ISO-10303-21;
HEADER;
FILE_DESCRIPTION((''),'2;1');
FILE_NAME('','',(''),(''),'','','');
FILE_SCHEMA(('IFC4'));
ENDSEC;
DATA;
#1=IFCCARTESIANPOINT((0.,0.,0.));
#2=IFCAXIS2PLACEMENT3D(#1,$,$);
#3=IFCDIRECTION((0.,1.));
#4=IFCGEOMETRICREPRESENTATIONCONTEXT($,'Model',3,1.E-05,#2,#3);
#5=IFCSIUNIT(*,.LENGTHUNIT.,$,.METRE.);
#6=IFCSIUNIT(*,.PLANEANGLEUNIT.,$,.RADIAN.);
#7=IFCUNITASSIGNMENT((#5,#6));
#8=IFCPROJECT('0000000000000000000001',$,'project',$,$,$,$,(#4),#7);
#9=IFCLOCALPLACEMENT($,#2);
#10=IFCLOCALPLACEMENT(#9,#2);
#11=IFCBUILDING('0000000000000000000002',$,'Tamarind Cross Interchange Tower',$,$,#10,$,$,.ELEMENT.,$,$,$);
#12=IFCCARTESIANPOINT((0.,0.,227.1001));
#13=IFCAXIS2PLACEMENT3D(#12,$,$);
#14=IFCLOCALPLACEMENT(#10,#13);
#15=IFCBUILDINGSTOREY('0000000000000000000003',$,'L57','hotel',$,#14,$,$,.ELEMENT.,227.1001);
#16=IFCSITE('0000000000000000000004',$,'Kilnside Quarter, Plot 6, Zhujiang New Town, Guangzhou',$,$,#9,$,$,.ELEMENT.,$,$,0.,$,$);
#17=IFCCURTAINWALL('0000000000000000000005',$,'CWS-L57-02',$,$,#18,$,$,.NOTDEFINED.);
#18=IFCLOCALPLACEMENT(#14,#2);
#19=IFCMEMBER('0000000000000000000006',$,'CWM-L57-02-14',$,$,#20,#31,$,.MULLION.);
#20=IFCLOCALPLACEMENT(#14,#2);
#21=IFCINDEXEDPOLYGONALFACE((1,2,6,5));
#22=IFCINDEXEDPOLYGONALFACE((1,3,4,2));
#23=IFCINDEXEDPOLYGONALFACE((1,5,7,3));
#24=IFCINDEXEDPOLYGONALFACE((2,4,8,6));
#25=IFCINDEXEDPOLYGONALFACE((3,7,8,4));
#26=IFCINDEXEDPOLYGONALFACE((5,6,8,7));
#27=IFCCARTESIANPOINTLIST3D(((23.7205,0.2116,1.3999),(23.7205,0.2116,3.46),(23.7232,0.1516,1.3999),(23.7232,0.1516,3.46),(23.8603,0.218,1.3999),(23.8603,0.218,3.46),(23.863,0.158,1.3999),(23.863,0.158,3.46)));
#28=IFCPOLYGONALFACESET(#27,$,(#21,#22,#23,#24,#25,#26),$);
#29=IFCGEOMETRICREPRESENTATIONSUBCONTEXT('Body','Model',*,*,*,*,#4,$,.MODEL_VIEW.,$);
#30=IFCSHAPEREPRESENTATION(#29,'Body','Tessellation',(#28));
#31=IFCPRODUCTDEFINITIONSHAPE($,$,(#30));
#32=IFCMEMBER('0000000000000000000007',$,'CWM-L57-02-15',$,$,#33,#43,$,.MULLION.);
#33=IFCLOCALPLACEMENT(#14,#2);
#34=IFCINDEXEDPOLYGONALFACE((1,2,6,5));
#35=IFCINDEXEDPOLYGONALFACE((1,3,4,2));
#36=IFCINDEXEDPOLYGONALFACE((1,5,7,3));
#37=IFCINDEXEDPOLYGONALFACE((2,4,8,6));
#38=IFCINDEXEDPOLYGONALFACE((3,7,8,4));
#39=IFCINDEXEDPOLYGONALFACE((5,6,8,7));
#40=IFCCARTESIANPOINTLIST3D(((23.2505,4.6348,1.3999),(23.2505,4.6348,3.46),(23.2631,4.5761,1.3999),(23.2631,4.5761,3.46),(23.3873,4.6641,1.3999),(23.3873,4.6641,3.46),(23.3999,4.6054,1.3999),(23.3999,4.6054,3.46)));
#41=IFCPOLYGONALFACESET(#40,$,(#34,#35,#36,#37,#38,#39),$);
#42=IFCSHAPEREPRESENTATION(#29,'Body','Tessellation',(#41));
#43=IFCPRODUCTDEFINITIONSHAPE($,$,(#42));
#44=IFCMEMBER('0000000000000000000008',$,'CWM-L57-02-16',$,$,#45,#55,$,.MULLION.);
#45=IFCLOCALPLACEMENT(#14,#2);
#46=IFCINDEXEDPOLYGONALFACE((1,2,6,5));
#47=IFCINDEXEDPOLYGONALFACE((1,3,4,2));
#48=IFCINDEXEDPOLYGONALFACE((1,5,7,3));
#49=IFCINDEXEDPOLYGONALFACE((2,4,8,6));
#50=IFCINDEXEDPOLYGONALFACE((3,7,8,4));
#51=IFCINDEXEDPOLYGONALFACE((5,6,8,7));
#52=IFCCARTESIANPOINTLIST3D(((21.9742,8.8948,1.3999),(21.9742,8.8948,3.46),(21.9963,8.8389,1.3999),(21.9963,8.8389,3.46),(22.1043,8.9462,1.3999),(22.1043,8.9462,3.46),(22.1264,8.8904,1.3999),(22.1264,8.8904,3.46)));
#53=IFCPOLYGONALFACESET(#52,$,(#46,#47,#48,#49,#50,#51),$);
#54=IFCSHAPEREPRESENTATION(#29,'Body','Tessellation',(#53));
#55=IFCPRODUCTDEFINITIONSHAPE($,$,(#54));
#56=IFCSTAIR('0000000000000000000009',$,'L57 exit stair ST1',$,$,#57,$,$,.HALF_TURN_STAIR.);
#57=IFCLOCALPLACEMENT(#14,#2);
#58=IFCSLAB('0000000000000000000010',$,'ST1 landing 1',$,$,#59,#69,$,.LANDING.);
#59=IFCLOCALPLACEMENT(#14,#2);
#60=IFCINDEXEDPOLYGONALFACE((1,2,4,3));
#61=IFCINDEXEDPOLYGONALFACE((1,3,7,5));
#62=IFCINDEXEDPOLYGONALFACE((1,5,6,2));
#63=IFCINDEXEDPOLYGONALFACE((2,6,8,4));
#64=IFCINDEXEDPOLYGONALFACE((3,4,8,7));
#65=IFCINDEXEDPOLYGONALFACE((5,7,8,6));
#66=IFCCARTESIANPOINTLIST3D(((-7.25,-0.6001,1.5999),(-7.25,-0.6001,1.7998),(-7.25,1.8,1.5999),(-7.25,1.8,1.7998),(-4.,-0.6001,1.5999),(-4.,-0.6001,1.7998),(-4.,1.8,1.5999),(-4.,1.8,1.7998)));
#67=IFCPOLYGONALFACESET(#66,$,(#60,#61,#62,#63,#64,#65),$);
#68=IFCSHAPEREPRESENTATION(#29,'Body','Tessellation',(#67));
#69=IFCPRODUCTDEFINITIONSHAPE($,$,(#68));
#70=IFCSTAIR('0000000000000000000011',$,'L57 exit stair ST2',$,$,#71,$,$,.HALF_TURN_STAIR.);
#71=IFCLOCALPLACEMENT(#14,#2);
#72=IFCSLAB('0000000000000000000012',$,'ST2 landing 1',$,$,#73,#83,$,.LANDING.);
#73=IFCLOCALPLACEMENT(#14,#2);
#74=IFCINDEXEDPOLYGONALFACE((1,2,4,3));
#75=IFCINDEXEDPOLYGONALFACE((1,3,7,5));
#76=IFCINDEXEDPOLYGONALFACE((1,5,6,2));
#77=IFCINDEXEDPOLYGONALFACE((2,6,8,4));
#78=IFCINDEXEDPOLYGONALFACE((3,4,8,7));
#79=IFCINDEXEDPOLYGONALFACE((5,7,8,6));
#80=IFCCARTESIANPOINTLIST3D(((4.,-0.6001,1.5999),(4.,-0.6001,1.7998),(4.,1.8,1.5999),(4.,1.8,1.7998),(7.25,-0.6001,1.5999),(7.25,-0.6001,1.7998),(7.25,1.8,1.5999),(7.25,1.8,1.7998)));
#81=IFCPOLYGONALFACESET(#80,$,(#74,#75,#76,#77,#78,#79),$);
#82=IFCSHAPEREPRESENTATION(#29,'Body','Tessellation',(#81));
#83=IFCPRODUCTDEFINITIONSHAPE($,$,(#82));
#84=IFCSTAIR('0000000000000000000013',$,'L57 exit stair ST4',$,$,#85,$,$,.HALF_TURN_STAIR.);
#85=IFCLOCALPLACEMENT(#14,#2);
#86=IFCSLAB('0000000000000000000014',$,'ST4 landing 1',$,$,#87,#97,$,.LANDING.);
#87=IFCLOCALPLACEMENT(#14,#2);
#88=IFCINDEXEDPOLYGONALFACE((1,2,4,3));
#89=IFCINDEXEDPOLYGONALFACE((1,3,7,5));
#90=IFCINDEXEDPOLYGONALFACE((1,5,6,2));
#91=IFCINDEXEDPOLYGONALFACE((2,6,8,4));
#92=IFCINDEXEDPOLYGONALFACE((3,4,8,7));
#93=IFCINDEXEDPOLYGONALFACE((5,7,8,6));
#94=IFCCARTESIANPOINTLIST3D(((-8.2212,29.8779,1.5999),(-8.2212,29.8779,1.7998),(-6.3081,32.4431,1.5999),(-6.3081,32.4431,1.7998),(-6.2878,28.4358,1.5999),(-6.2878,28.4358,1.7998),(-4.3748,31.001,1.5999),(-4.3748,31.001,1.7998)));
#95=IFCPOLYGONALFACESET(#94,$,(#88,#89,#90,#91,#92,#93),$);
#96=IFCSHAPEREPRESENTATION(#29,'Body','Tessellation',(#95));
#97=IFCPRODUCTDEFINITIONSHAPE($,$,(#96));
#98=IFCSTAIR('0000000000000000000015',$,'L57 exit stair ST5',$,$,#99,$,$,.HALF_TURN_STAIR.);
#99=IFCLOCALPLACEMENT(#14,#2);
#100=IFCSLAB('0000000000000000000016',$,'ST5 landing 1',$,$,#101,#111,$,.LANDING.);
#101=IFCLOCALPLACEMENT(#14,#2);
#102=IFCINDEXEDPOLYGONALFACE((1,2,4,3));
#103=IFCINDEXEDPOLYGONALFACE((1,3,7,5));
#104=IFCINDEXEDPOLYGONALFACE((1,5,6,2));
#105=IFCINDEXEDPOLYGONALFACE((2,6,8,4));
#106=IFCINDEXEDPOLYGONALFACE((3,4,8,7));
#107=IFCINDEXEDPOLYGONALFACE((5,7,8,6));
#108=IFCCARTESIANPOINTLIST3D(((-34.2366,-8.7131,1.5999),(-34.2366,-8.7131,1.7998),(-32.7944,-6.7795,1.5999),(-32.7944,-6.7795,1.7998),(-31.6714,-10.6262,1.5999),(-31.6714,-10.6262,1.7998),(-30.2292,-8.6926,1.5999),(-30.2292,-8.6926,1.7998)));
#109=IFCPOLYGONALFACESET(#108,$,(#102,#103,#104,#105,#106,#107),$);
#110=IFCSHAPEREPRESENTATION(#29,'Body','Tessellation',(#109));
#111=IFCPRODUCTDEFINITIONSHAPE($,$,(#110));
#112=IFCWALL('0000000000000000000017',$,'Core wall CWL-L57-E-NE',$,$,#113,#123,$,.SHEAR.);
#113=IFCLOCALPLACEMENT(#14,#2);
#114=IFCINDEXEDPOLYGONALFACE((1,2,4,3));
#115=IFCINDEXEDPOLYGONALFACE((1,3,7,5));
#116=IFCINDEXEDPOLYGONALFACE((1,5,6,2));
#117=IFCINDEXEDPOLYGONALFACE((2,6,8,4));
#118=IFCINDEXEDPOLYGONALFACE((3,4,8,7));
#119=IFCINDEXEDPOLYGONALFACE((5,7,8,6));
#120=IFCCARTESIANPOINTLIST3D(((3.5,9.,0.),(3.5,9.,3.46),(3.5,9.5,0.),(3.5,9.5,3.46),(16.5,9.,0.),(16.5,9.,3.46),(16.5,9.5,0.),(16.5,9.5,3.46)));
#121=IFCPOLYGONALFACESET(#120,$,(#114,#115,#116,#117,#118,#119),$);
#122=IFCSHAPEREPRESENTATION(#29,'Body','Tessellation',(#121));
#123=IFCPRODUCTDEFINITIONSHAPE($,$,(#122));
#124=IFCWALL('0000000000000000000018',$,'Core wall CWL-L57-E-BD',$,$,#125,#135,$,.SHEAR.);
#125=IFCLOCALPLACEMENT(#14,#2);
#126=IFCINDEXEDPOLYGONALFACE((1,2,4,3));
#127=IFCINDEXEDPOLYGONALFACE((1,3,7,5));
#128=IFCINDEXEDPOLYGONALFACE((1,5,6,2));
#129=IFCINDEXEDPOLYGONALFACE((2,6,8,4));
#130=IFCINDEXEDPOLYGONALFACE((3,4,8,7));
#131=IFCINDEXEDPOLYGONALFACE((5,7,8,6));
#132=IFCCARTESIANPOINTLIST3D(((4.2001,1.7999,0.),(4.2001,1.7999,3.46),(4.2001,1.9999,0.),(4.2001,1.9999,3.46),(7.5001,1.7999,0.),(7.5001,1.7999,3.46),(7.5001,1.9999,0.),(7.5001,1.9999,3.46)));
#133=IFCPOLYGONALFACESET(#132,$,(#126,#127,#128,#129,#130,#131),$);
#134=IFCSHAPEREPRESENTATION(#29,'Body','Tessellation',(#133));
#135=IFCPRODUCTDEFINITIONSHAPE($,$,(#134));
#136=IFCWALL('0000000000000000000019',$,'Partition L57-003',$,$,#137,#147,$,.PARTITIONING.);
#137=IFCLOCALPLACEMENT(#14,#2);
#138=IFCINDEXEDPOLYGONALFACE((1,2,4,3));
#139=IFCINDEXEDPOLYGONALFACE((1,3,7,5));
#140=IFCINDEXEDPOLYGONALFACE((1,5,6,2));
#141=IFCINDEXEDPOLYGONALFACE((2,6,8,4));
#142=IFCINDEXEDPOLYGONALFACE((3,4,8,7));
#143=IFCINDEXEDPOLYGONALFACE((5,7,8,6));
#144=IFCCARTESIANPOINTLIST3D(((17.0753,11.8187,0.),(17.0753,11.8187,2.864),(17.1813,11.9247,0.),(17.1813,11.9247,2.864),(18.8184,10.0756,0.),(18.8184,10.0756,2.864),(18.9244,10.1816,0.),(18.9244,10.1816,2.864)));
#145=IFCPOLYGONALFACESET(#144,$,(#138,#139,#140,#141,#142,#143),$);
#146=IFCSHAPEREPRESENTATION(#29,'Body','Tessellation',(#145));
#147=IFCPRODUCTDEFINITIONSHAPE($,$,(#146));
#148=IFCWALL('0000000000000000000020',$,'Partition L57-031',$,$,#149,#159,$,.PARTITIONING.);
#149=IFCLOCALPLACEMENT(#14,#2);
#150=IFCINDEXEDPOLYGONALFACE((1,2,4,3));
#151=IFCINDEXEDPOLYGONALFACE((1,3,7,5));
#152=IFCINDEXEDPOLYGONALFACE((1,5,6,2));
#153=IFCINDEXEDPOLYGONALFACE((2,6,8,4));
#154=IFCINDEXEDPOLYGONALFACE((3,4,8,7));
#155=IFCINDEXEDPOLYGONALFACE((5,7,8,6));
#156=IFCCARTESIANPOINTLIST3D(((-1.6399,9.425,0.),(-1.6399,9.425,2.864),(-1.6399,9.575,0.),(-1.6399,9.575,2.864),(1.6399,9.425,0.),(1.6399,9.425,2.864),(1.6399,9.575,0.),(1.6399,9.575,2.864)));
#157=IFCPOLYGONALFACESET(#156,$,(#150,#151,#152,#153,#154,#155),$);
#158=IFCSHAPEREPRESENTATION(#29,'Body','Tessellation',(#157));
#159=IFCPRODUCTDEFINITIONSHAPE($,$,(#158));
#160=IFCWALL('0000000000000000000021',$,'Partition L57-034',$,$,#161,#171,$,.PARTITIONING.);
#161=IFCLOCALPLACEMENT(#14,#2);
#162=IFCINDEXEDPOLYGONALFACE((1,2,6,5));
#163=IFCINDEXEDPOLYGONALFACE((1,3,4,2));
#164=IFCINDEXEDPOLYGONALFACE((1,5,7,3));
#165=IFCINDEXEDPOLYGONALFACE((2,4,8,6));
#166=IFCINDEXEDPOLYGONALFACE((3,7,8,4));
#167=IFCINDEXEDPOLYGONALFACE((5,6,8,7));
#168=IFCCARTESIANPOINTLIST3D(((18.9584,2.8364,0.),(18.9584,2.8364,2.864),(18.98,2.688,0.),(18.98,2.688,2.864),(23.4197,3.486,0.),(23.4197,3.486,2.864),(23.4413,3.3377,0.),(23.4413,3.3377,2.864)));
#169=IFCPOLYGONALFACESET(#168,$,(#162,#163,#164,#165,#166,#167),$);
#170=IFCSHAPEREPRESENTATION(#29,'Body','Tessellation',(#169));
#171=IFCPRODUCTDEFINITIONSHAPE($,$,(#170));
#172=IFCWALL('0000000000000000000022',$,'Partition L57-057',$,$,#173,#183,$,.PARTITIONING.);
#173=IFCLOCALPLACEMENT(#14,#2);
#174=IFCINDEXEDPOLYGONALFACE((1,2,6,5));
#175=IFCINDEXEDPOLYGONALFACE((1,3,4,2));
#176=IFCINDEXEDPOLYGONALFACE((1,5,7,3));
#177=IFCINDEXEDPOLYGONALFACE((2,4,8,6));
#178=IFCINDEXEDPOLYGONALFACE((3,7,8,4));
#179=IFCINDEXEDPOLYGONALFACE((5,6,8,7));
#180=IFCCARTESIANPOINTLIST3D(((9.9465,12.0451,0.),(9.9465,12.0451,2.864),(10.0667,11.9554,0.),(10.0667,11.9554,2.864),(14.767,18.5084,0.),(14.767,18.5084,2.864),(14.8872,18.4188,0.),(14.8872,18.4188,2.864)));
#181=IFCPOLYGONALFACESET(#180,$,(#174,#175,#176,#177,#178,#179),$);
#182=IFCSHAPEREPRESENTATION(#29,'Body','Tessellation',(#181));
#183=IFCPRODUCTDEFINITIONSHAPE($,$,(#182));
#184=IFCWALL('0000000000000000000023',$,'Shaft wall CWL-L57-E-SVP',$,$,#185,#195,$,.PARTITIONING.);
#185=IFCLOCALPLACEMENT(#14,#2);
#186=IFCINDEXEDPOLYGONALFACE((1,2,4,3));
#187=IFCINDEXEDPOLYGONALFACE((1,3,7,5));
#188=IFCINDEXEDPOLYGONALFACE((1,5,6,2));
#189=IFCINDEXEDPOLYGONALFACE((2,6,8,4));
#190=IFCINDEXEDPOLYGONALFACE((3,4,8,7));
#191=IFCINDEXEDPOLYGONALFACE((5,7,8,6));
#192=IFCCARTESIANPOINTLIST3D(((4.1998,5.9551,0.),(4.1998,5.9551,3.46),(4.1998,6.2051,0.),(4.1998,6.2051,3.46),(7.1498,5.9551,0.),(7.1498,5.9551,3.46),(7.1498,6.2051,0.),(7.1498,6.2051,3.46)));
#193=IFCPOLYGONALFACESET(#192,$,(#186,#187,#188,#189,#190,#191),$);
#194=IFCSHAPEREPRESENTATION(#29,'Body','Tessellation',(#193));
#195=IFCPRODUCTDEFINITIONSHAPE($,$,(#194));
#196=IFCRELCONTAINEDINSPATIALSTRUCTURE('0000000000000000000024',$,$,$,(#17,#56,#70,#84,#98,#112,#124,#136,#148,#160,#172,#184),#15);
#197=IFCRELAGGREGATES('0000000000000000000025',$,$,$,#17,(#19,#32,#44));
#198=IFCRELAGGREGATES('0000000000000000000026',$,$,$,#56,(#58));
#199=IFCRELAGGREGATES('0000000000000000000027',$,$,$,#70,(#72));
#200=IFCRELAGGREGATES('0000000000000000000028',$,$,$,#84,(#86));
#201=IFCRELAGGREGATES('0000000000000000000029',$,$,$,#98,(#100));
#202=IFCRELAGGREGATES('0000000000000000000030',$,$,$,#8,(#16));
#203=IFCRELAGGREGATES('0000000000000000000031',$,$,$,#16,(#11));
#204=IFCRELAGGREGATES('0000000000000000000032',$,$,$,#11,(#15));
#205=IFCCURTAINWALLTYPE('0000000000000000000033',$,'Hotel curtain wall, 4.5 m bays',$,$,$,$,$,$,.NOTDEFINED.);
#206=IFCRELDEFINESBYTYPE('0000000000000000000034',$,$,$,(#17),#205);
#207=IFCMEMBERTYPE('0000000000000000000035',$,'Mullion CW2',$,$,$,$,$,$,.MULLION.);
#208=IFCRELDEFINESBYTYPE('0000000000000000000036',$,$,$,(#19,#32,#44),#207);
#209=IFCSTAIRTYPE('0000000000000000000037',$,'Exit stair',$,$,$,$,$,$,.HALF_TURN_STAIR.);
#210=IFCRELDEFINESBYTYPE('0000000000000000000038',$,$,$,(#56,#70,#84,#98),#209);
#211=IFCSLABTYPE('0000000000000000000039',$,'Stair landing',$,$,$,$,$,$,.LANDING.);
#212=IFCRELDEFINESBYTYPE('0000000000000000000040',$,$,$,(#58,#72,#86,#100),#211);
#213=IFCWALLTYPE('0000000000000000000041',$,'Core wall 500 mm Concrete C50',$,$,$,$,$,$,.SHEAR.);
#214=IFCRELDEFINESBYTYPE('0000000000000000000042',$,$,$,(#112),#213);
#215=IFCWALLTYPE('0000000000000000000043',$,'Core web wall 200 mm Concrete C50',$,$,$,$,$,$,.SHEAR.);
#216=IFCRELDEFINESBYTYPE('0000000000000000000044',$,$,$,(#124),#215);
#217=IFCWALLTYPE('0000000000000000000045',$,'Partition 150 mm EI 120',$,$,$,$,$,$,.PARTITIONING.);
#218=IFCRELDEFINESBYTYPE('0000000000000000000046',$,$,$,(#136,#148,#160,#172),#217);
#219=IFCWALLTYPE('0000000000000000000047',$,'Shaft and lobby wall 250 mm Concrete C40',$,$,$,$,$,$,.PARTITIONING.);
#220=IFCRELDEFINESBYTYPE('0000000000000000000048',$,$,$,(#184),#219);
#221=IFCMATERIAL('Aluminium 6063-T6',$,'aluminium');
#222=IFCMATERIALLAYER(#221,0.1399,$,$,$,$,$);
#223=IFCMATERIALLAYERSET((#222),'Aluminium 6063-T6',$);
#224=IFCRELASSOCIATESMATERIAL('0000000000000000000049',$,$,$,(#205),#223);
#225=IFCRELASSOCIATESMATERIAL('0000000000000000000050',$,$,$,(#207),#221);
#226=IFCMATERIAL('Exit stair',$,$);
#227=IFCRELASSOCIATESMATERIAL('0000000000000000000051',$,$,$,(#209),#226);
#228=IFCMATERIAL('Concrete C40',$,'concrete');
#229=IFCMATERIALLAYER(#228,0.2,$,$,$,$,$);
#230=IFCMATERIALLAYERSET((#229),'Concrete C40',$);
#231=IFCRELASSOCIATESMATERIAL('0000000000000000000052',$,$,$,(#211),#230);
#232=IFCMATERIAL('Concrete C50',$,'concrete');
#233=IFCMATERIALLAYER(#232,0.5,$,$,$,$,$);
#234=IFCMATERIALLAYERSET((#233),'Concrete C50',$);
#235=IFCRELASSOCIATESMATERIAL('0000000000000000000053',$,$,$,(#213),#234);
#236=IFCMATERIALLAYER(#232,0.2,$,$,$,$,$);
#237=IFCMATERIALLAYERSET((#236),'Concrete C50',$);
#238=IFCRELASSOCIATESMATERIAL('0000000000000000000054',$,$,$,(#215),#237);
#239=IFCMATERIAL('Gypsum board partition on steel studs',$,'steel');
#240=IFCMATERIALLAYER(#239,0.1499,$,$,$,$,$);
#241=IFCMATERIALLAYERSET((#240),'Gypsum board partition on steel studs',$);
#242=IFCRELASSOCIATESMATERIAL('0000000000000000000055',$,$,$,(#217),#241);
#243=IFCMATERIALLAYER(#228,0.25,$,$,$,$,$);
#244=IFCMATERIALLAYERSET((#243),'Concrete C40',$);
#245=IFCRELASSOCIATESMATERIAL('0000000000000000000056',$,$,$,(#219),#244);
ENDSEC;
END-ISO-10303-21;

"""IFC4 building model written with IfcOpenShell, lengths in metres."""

from ifc_helpers import new_model, si_unit, direction, frame, frame_2d, origin, origin_2d, place, context, subcontext, project, spatial, polyline, rectangle, outline, extrude, material, layer, layer_set, material_profile, profile_set, type_object, element, aggregate, save


model = new_model("IFC4")

# Units and contexts
model_context = context("Model", 3, precision=1e-05, world=origin(), true_north=direction((0.0, 1.0)))
body_context = subcontext(model_context, "Body", "Model", "MODEL_VIEW")
ifc_project = project(units=[si_unit("LENGTHUNIT", "METRE"), si_unit("PLANEANGLEUNIT", "RADIAN")], contexts=[model_context])

# Site, building, storey
site_placement = place(None, origin())
site = spatial("IfcSite", under=ifc_project, at=site_placement, Name="Kilnside Quarter, Plot 6, Zhujiang New Town, Guangzhou", CompositionType="ELEMENT", RefElevation=0.0)
building_placement = place(site_placement, origin())
building = spatial("IfcBuilding", under=site, at=building_placement, Name="Tamarind Cross Interchange Tower", CompositionType="ELEMENT")
storey_placement = place(building_placement, frame((0.0, 0.0, 227.1001)))
storey = spatial("IfcBuildingStorey", under=building, at=storey_placement, Name="L57", Description="hotel", CompositionType="ELEMENT", Elevation=227.1001)

# Shared definitions
ifc_material_1 = material(Name="Concrete C50", Category="concrete")

# Curtain wall, members
ifc_material_2 = material(Name="Aluminium 6063-T6", Category="aluminium")
ifc_layer_1 = layer(ifc_material_2, 0.1399)
ifc_layer_set_1 = layer_set([ifc_layer_1], Name="Aluminium 6063-T6")
curtain_wall_type = type_object("IfcCurtainWallType", Name="Hotel curtain wall, 4.5 m bays", PredefinedType="NOTDEFINED", material=ifc_layer_set_1)
curtain_wall_placement = place(storey_placement, origin())
curtain_wall = element("IfcCurtainWall", 1, at=curtain_wall_placement, inside=storey, type_object=curtain_wall_type, Name="CWS-L57-02", PredefinedType="NOTDEFINED")
ifc_material_profile_1 = material_profile(ifc_material_2, rectangle(XDim=0.0601, YDim=0.1399, at=origin_2d()), Name="Mullion CW2")
ifc_profile_set_1 = profile_set([ifc_material_profile_1], Name="Aluminium 6063-T6")
member_type = type_object("IfcMemberType", Name="Mullion CW2", PredefinedType="MULLION", material=ifc_profile_set_1)
member_1_placement = place(storey_placement, frame((23.7917, 0.1848, 1.3999), z_axis=(0.0, 0.0, 1.0), x_axis=(-0.045624, 0.998959, 0.0)))
member_1 = element("IfcMember", 2, at=member_1_placement, type_object=member_type, Name="CWM-L57-02-14", PredefinedType="MULLION", context=body_context, shape_type="SweptSolid", body=[
    extrude(rectangle(XDim=0.0601, YDim=0.1399, at=origin_2d()), origin(), (0.0, 0.0, 1.0), 2.0601),
])
member_2_placement = place(storey_placement, frame((23.3252, 4.6201, 1.3999), z_axis=(0.0, 0.0, 1.0), x_axis=(-0.209425, 0.977825, 0.0)))
member_2 = element("IfcMember", 3, at=member_2_placement, type_object=member_type, Name="CWM-L57-02-15", PredefinedType="MULLION", context=body_context, shape_type="SweptSolid", body=[
    extrude(rectangle(XDim=0.0601, YDim=0.1399, at=origin_2d()), origin(), (0.0, 0.0, 1.0), 2.0601),
])
member_3_placement = place(storey_placement, frame((22.0503, 8.8926, 1.3999), z_axis=(0.0, 0.0, 1.0), x_axis=(-0.367514, 0.930018, 0.0)))
member_3 = element("IfcMember", 4, at=member_3_placement, type_object=member_type, Name="CWM-L57-02-16", PredefinedType="MULLION", context=body_context, shape_type="SweptSolid", body=[
    extrude(rectangle(XDim=0.0601, YDim=0.1399, at=origin_2d()), origin(), (0.0, 0.0, 1.0), 2.0601),
])
aggregate(curtain_wall, [member_1, member_2, member_3])

# Stairs, slabs
ifc_material_3 = material(Name="Exit stair")
stair_type = type_object("IfcStairType", Name="Exit stair", PredefinedType="HALF_TURN_STAIR", material=ifc_material_3)
stair_1_placement = place(storey_placement, origin())
stair_1 = element("IfcStair", 5, at=stair_1_placement, inside=storey, type_object=stair_type, Name="L57 exit stair ST1", PredefinedType="HALF_TURN_STAIR")
ifc_material_4 = material(Name="Concrete C40", Category="concrete")
ifc_layer_2 = layer(ifc_material_4, 0.2)
ifc_layer_set_2 = layer_set([ifc_layer_2], Name="Concrete C40")
slab_type = type_object("IfcSlabType", Name="Stair landing", PredefinedType="LANDING", material=ifc_layer_set_2)
slab_1_placement = place(storey_placement, frame((0.0, 0.0, 1.5999)))
slab_1 = element("IfcSlab", 6, at=slab_1_placement, type_object=slab_type, Name="ST1 landing 1", PredefinedType="LANDING", context=body_context, shape_type="SweptSolid", body=[
    extrude(outline(polyline([(-4.0, -0.6001), (-4.0, 1.8), (-7.25, 1.8), (-7.25, -0.6001), (-4.0, -0.6001)])), origin(), (0.0, 0.0, 1.0), 0.2),
])
aggregate(stair_1, [slab_1])
stair_2_placement = place(storey_placement, origin())
stair_2 = element("IfcStair", 7, at=stair_2_placement, inside=storey, type_object=stair_type, Name="L57 exit stair ST2", PredefinedType="HALF_TURN_STAIR")
slab_2_placement = place(storey_placement, frame((0.0, 0.0, 1.5999)))
slab_2 = element("IfcSlab", 8, at=slab_2_placement, type_object=slab_type, Name="ST2 landing 1", PredefinedType="LANDING", context=body_context, shape_type="SweptSolid", body=[
    extrude(outline(polyline([(7.25, -0.6001), (7.25, 1.8), (4.0, 1.8), (4.0, -0.6001), (7.25, -0.6001)])), origin(), (0.0, 0.0, 1.0), 0.2),
])
aggregate(stair_2, [slab_2])
stair_3_placement = place(storey_placement, origin())
stair_3 = element("IfcStair", 9, at=stair_3_placement, inside=storey, type_object=stair_type, Name="L57 exit stair ST4", PredefinedType="HALF_TURN_STAIR")
slab_3_placement = place(storey_placement, frame((0.0, 0.0, 1.5999)))
slab_3 = element("IfcSlab", 10, at=slab_3_placement, type_object=slab_type, Name="ST4 landing 1", PredefinedType="LANDING", context=body_context, shape_type="SweptSolid", body=[
    extrude(outline(polyline([(-4.3748, 31.001), (-6.3081, 32.4431), (-8.2212, 29.8779), (-6.2878, 28.4358), (-4.3748, 31.001)])), origin(), (0.0, 0.0, 1.0), 0.2),
])
aggregate(stair_3, [slab_3])
stair_4_placement = place(storey_placement, origin())
stair_4 = element("IfcStair", 11, at=stair_4_placement, inside=storey, type_object=stair_type, Name="L57 exit stair ST5", PredefinedType="HALF_TURN_STAIR")
slab_4_placement = place(storey_placement, frame((0.0, 0.0, 1.5999)))
slab_4 = element("IfcSlab", 12, at=slab_4_placement, type_object=slab_type, Name="ST5 landing 1", PredefinedType="LANDING", context=body_context, shape_type="SweptSolid", body=[
    extrude(outline(polyline([(-32.7944, -6.7795), (-34.2366, -8.7131), (-31.6714, -10.6262), (-30.2292, -8.6926), (-32.7944, -6.7795)])), origin(), (0.0, 0.0, 1.0), 0.2),
])
aggregate(stair_4, [slab_4])

# Walls
ifc_layer_3 = layer(ifc_material_1, 0.5)
ifc_layer_set_3 = layer_set([ifc_layer_3], Name="Concrete C50")
wall_type_1 = type_object("IfcWallType", Name="Core wall 500 mm Concrete C50", PredefinedType="SHEAR", material=ifc_layer_set_3)
wall_1_placement = place(storey_placement, frame((16.5, 9.25, 0.0), z_axis=(0.0, 0.0, 1.0), x_axis=(-1.0, 0.0, 0.0)))
element("IfcWall", 13, at=wall_1_placement, inside=storey, type_object=wall_type_1, Name="Core wall CWL-L57-E-NE", PredefinedType="SHEAR", context=body_context, shape_type="SweptSolid", body=[
    extrude(rectangle(XDim=13.0, YDim=0.5, at=frame_2d((6.5, 0.0))), origin(), (0.0, 0.0, 1.0), 3.46),
])
ifc_layer_4 = layer(ifc_material_1, 0.2)
ifc_layer_set_4 = layer_set([ifc_layer_4], Name="Concrete C50")
wall_type_2 = type_object("IfcWallType", Name="Core web wall 200 mm Concrete C50", PredefinedType="SHEAR", material=ifc_layer_set_4)
wall_2_placement = place(storey_placement, frame((7.5, 1.8999, 0.0), z_axis=(0.0, 0.0, 1.0), x_axis=(-1.0, 0.0, 0.0)))
element("IfcWall", 14, at=wall_2_placement, inside=storey, type_object=wall_type_2, Name="Core wall CWL-L57-E-BD", PredefinedType="SHEAR", context=body_context, shape_type="SweptSolid", body=[
    extrude(rectangle(XDim=3.3, YDim=0.2, at=frame_2d((1.6499, 0.0))), origin(), (0.0, 0.0, 1.0), 3.46),
])
ifc_material_5 = material(Name="Gypsum board partition on steel studs", Category="steel")
ifc_layer_5 = layer(ifc_material_5, 0.1499)
ifc_layer_set_5 = layer_set([ifc_layer_5], Name="Gypsum board partition on steel studs")
wall_type_3 = type_object("IfcWallType", Name="Partition 150 mm EI 120", PredefinedType="PARTITIONING", material=ifc_layer_set_5)
wall_3_placement = place(storey_placement, frame((17.1284, 11.8716, 0.0), z_axis=(0.0, 0.0, 1.0), x_axis=(0.707107, -0.707107, 0.0)))
element("IfcWall", 15, at=wall_3_placement, inside=storey, type_object=wall_type_3, Name="Partition L57-003", PredefinedType="PARTITIONING", context=body_context, shape_type="SweptSolid", body=[
    extrude(rectangle(XDim=2.4651, YDim=0.1499, at=frame_2d((1.2324, 0.0))), origin(), (0.0, 0.0, 1.0), 2.864),
])
wall_4_placement = place(storey_placement, frame((-1.6399, 9.5, 0.0), z_axis=(0.0, 0.0, 1.0), x_axis=(1.0, 0.0, 0.0)))
element("IfcWall", 16, at=wall_4_placement, inside=storey, type_object=wall_type_3, Name="Partition L57-031", PredefinedType="PARTITIONING", context=body_context, shape_type="SweptSolid", body=[
    extrude(rectangle(XDim=3.2798, YDim=0.1499, at=frame_2d((1.6399, 0.0))), origin(), (0.0, 0.0, 1.0), 2.864),
])
wall_5_placement = place(storey_placement, frame((18.9692, 2.7622, 0.0), z_axis=(0.0, 0.0, 1.0), x_axis=(0.989562, 0.144105, 0.0)))
element("IfcWall", 17, at=wall_5_placement, inside=storey, type_object=wall_type_3, Name="Partition L57-034", PredefinedType="PARTITIONING", context=body_context, shape_type="SweptSolid", body=[
    extrude(rectangle(XDim=4.5083, YDim=0.1499, at=frame_2d((2.2542, 0.0))), origin(), (0.0, 0.0, 1.0), 2.864),
])
wall_6_placement = place(storey_placement, frame((10.0066, 12.0002, 0.0), z_axis=(0.0, 0.0, 1.0), x_axis=(0.597857, 0.801603, 0.0)))
element("IfcWall", 18, at=wall_6_placement, inside=storey, type_object=wall_type_3, Name="Partition L57-057", PredefinedType="PARTITIONING", context=body_context, shape_type="SweptSolid", body=[
    extrude(rectangle(XDim=8.063, YDim=0.1499, at=frame_2d((4.0315, 0.0))), origin(), (0.0, 0.0, 1.0), 2.864),
])
ifc_layer_6 = layer(ifc_material_4, 0.25)
ifc_layer_set_6 = layer_set([ifc_layer_6], Name="Concrete C40")
wall_type_4 = type_object("IfcWallType", Name="Shaft and lobby wall 250 mm Concrete C40", PredefinedType="PARTITIONING", material=ifc_layer_set_6)
wall_7_placement = place(storey_placement, frame((7.1499, 6.0801, 0.0), z_axis=(0.0, 0.0, 1.0), x_axis=(-1.0, 0.0, 0.0)))
element("IfcWall", 19, at=wall_7_placement, inside=storey, type_object=wall_type_4, Name="Shaft wall CWL-L57-E-SVP", PredefinedType="PARTITIONING", context=body_context, shape_type="SweptSolid", body=[
    extrude(rectangle(XDim=2.95, YDim=0.25, at=frame_2d((1.4751, 0.0))), origin(), (0.0, 0.0, 1.0), 3.46),
])

save(model, "model.ifc")
